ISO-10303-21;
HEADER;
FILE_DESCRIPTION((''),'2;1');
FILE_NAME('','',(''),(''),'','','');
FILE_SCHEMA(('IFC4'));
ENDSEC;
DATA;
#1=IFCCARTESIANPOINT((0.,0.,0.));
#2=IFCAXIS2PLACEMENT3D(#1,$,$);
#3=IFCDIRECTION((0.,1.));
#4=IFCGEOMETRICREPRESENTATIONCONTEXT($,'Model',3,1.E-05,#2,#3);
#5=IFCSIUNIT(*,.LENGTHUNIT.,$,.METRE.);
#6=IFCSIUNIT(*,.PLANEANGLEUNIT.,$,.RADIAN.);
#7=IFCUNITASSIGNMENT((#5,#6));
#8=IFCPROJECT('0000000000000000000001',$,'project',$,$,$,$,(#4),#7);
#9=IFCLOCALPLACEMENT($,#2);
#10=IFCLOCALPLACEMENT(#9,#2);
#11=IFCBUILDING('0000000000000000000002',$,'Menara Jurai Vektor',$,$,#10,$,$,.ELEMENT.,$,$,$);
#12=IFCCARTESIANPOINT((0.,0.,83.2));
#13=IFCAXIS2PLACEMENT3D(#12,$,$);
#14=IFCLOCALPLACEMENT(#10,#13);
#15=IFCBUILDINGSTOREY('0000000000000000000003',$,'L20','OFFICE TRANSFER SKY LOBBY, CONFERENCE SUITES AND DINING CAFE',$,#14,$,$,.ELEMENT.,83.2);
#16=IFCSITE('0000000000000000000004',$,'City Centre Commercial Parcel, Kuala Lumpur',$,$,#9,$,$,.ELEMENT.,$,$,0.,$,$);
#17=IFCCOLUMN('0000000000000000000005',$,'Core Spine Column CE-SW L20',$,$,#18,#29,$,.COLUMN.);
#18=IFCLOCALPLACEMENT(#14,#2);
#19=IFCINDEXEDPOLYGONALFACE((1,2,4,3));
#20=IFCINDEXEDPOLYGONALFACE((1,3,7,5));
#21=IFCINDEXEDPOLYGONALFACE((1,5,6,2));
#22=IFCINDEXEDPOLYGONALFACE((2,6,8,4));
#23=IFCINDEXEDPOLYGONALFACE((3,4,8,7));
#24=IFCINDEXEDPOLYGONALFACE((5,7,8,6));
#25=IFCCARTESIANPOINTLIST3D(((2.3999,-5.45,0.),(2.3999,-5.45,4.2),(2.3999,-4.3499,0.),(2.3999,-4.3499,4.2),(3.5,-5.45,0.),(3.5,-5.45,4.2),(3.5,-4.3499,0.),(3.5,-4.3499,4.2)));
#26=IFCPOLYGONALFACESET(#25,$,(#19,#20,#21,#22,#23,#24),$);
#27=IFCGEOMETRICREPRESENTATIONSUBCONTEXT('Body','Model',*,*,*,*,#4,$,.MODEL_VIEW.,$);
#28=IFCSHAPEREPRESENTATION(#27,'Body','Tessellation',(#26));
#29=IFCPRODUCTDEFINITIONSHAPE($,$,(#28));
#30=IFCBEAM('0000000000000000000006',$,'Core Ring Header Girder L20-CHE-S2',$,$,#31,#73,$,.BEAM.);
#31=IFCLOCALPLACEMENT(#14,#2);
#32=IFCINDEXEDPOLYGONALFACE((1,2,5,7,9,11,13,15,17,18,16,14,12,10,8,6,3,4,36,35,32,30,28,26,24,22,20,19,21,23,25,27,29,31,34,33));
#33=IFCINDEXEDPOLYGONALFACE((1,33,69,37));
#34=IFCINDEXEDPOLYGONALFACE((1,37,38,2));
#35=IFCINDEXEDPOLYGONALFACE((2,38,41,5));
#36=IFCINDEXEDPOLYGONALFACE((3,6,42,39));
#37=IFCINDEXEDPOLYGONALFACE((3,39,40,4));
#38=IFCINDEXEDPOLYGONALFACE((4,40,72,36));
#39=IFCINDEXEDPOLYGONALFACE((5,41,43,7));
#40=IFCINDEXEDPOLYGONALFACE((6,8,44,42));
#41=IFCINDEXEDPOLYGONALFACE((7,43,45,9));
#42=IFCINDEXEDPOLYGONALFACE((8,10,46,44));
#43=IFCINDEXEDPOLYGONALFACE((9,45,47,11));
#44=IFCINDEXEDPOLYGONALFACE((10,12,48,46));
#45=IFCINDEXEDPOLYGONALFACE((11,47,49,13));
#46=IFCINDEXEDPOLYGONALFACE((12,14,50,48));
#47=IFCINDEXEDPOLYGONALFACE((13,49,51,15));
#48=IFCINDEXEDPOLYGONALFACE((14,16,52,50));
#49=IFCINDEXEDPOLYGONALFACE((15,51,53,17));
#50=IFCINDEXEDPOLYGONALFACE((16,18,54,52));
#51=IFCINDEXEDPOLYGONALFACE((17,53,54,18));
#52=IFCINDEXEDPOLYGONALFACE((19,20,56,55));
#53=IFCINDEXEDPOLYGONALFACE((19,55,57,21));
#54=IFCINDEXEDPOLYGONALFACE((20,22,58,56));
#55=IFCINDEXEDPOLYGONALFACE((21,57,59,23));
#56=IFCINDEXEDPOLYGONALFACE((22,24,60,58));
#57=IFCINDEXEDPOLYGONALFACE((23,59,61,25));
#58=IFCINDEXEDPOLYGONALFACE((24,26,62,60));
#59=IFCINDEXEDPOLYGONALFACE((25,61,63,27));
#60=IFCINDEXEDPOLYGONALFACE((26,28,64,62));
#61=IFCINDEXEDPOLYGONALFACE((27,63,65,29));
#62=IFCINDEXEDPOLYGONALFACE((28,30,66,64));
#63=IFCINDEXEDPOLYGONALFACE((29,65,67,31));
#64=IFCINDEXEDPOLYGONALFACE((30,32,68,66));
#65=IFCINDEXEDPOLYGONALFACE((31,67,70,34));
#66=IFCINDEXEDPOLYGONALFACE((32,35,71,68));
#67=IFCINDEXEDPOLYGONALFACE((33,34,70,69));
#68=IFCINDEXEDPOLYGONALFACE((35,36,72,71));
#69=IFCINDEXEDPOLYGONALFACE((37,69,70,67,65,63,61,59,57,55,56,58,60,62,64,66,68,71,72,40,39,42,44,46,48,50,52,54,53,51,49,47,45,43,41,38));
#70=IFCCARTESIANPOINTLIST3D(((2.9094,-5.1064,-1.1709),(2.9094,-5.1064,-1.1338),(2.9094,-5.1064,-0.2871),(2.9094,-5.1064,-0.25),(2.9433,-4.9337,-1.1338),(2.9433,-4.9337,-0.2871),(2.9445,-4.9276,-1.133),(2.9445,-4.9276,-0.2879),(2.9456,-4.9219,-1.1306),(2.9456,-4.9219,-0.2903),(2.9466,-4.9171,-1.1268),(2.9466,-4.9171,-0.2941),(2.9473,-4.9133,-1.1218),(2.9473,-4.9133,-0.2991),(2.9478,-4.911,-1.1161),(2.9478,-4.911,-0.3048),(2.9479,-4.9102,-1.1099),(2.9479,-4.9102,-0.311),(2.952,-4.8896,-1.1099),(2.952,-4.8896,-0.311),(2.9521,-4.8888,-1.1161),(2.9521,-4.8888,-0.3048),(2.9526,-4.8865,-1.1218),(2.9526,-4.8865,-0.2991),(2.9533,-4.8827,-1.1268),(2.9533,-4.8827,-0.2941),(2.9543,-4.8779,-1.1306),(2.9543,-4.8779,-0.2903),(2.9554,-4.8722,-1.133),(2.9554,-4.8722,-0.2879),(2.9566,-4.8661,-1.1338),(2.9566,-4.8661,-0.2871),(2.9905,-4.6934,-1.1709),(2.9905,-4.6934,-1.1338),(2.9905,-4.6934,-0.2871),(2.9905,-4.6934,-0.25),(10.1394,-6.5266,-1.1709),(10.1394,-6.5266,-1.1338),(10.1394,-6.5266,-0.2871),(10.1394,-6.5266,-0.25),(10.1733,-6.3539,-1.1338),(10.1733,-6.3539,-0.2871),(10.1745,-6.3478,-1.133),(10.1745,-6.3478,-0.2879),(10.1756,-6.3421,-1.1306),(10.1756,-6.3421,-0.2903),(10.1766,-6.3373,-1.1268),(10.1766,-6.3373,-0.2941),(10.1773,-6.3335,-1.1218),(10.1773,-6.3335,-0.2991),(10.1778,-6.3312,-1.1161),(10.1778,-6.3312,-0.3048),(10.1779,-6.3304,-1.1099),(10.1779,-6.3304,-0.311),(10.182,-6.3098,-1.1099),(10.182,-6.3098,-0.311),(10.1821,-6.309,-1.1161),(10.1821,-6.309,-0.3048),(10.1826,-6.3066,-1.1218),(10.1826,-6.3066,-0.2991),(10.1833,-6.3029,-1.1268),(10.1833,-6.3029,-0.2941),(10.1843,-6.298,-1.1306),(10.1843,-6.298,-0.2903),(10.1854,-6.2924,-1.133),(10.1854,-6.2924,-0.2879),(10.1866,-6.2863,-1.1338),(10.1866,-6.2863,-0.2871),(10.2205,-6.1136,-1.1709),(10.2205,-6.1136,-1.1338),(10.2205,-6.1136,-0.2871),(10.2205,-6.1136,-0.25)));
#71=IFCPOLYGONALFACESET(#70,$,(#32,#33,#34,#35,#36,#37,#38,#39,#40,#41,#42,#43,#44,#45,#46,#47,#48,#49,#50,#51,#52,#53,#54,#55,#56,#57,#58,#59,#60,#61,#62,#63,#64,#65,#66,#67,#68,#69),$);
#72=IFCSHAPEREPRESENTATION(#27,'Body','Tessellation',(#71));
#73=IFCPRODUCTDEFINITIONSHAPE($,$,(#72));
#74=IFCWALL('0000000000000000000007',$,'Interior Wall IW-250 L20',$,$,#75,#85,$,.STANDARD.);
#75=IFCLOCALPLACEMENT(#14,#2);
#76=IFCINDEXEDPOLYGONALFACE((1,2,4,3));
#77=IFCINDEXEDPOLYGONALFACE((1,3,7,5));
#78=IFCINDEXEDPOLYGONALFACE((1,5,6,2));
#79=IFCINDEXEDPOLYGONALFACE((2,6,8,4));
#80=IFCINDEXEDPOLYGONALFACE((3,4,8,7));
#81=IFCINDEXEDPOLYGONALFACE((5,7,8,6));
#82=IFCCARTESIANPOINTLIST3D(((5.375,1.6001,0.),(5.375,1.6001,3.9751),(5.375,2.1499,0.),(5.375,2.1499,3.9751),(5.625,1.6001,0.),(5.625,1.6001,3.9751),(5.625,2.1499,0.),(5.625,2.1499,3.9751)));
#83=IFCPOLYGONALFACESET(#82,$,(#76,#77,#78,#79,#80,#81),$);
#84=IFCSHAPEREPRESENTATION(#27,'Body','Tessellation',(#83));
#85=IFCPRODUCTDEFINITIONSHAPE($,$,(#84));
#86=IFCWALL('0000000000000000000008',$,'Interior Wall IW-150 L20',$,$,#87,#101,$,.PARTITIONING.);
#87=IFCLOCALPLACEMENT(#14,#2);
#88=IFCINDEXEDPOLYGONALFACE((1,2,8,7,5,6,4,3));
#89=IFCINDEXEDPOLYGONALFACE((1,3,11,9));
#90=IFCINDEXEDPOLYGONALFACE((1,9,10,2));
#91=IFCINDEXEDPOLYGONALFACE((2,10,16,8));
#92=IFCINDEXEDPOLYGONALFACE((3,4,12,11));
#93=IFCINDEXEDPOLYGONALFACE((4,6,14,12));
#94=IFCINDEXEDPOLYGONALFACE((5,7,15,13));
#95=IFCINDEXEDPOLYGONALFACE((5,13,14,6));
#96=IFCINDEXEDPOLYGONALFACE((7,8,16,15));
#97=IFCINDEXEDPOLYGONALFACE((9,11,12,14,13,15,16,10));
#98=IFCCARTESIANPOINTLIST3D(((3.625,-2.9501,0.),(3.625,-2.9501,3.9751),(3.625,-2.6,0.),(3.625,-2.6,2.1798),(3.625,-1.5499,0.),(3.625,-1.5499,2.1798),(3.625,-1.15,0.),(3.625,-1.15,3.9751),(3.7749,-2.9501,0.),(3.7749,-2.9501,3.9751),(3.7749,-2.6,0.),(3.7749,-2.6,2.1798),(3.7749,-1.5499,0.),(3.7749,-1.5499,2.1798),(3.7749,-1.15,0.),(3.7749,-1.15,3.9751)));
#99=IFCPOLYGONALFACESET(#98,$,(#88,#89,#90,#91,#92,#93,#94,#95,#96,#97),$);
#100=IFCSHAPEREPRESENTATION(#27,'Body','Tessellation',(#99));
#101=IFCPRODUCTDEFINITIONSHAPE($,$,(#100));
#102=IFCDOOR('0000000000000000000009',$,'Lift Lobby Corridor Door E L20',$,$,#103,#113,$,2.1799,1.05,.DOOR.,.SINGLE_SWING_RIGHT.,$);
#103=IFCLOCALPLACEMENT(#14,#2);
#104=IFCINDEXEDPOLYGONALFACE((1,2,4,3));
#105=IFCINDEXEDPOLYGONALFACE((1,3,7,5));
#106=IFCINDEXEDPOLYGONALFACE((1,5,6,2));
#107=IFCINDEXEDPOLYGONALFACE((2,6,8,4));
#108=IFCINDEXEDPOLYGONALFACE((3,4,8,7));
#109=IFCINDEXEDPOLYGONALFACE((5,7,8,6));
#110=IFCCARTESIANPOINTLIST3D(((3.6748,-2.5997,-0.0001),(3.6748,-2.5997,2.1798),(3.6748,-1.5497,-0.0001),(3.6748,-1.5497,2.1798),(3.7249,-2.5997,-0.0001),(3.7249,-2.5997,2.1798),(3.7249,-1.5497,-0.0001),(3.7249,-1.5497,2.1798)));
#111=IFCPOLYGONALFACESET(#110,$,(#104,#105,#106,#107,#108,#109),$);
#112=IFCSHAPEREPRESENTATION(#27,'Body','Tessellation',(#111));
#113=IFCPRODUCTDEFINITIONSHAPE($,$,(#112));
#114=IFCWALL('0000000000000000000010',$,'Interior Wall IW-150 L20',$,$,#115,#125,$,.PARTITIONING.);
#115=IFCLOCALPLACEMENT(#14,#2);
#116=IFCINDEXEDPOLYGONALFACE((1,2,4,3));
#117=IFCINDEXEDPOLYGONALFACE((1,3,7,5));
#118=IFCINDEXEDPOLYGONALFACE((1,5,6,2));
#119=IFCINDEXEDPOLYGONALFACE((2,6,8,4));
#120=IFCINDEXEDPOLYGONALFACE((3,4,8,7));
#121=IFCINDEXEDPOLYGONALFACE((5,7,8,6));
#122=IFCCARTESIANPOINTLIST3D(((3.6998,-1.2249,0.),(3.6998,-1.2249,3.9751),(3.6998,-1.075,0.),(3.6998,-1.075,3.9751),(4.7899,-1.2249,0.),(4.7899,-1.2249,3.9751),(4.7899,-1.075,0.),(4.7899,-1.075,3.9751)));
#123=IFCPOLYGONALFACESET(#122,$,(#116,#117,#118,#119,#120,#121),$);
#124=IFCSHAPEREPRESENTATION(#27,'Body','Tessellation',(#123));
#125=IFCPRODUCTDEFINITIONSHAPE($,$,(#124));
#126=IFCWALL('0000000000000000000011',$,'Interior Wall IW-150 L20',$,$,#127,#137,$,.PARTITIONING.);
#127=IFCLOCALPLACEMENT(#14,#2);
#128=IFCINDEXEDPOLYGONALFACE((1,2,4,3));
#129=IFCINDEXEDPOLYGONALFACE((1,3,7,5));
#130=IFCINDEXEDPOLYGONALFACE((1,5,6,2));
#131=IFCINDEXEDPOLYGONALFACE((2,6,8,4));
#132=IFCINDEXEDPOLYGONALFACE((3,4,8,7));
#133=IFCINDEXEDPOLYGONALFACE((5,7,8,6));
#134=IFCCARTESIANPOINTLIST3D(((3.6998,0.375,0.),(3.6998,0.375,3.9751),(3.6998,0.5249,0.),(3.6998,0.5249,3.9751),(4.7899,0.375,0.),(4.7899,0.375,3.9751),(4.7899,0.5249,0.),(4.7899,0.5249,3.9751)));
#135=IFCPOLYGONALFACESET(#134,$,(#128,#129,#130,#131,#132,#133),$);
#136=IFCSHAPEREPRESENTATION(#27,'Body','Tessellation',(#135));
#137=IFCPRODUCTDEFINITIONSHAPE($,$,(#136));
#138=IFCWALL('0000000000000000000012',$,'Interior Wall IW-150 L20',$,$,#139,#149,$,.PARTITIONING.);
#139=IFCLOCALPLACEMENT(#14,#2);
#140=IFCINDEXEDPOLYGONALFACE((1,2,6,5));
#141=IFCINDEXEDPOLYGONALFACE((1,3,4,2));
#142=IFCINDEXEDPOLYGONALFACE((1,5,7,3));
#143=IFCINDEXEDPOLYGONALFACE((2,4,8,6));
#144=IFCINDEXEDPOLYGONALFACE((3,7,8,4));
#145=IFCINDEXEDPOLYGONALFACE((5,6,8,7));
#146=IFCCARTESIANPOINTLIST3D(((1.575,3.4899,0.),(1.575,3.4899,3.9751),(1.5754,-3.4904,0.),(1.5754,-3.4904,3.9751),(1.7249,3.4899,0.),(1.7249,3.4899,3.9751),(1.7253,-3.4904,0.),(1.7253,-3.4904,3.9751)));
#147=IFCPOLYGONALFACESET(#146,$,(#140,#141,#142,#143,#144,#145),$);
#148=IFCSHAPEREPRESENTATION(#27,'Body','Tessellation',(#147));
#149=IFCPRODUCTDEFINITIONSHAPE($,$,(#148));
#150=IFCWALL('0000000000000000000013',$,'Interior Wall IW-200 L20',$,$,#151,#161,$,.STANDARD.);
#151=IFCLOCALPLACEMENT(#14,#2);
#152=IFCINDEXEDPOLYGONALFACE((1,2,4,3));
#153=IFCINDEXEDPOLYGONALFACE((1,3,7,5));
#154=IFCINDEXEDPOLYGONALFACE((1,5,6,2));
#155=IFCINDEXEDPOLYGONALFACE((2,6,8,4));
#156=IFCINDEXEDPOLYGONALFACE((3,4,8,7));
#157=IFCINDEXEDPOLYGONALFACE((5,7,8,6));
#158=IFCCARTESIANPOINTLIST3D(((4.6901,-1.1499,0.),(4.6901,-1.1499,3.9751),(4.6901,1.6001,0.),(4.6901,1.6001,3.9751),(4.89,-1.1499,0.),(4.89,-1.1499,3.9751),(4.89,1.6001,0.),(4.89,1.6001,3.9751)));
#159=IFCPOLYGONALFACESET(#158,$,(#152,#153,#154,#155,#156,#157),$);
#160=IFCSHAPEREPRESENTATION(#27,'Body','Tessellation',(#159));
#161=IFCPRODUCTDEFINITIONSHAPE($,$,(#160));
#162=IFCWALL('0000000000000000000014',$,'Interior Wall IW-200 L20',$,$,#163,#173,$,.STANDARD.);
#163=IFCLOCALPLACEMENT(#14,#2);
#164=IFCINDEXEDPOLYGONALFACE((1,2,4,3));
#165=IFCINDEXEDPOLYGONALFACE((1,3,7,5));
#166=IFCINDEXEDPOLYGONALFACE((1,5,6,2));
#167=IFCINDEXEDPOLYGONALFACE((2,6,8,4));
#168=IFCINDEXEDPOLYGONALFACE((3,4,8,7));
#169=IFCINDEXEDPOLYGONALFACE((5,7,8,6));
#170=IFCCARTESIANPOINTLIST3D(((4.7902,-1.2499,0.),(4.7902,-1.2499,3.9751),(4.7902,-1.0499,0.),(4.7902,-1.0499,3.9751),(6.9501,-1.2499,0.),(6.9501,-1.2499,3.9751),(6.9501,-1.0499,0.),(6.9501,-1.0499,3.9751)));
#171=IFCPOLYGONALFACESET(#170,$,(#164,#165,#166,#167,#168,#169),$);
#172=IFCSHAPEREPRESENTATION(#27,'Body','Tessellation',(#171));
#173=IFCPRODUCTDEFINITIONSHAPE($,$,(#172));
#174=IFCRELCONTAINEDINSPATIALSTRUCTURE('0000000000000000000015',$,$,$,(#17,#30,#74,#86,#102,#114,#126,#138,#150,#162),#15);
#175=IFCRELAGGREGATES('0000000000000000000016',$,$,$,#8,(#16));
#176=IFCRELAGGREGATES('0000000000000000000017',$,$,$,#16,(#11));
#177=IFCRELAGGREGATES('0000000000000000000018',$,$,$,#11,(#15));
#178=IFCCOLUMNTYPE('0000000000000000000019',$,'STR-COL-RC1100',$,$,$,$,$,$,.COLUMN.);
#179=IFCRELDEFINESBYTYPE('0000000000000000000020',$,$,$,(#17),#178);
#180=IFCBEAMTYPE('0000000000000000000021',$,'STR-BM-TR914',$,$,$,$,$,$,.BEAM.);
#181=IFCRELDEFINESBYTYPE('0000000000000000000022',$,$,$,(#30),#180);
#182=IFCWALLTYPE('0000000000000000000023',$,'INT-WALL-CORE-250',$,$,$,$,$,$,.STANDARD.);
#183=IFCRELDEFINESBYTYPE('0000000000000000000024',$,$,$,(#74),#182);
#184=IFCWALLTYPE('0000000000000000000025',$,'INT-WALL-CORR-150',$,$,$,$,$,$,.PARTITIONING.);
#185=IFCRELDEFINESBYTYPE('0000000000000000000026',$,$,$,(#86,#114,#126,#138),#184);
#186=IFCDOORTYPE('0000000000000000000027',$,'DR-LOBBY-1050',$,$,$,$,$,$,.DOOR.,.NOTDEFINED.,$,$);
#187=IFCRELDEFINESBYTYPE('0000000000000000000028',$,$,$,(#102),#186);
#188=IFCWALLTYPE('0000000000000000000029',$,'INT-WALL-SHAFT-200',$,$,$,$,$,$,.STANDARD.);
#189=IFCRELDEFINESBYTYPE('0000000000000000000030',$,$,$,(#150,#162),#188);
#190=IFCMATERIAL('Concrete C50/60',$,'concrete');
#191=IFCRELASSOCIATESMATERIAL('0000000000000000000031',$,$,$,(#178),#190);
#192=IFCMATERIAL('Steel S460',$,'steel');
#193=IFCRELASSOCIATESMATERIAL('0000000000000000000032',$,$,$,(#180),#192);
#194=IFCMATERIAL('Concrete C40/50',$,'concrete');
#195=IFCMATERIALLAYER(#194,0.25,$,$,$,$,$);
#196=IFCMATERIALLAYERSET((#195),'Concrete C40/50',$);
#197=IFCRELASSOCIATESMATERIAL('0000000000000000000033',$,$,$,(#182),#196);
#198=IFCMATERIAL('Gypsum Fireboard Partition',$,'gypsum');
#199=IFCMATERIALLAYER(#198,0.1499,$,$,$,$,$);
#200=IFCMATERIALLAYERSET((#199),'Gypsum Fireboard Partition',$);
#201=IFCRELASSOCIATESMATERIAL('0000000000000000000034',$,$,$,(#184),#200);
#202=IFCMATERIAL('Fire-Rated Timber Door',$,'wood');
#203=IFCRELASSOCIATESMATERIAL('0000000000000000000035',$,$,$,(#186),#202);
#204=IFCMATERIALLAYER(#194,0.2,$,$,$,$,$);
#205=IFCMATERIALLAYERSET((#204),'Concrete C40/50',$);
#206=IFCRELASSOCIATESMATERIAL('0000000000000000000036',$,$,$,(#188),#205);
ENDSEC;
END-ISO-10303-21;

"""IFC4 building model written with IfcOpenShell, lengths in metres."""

from ifc_helpers import new_model, si_unit, direction, frame, frame_2d, origin, origin_2d, place, context, subcontext, project, spatial, rectangle, i_section, extrude, material, layer, layer_set, material_profile, profile_set, type_object, element, fill, save


model = new_model("IFC4")

# Units and contexts
model_context = context("Model", 3, precision=1e-05, world=origin(), true_north=direction((0.0, 1.0)))
body_context = subcontext(model_context, "Body", "Model", "MODEL_VIEW")
ifc_project = project(units=[si_unit("LENGTHUNIT", "METRE"), si_unit("PLANEANGLEUNIT", "RADIAN")], contexts=[model_context])

# Site, building, storey
site_placement = place(None, origin())
site = spatial("IfcSite", under=ifc_project, at=site_placement, Name="City Centre Commercial Parcel, Kuala Lumpur", CompositionType="ELEMENT", RefElevation=0.0)
building_placement = place(site_placement, origin())
building = spatial("IfcBuilding", under=site, at=building_placement, Name="Menara Jurai Vektor", CompositionType="ELEMENT")
storey_placement = place(building_placement, frame((0.0, 0.0, 83.2)))
storey = spatial("IfcBuildingStorey", under=building, at=storey_placement, Name="L20", Description="OFFICE TRANSFER SKY LOBBY, CONFERENCE SUITES AND DINING CAFE", CompositionType="ELEMENT", Elevation=83.2)

# Column
ifc_material_1 = material(Name="Concrete C50/60", Category="concrete")
ifc_material_profile_1 = material_profile(ifc_material_1, rectangle(XDim=1.1001, YDim=1.1001, at=origin_2d()), Name="RC 1100x1100")
ifc_profile_set_1 = profile_set([ifc_material_profile_1], Name="Concrete C50/60")
column_type = type_object("IfcColumnType", Name="STR-COL-RC1100", PredefinedType="COLUMN", material=ifc_profile_set_1)
column_placement = place(storey_placement, frame((2.95, -4.8999, 0.0), z_axis=(0.0, 0.0, 1.0), x_axis=(1.0, 0.0, 0.0)))
element("IfcColumn", 1, at=column_placement, inside=storey, type_object=column_type, Name="Core Spine Column CE-SW L20", PredefinedType="COLUMN", context=body_context, shape_type="SweptSolid", body=[
    extrude(rectangle(XDim=1.1001, YDim=1.1001, at=origin_2d()), origin(), (0.0, 0.0, 1.0), 4.2),
])

# Beam
ifc_material_2 = material(Name="Steel S460", Category="steel")
ifc_material_profile_2 = material_profile(ifc_material_2, i_section(OverallWidth=0.4209, OverallDepth=0.9209, WebThickness=0.021, FlangeThickness=0.0371, FilletRadius=0.0239, at=origin_2d()), Name="UKB 914x419x388")
ifc_profile_set_2 = profile_set([ifc_material_profile_2], Name="Steel S460")
beam_type = type_object("IfcBeamType", Name="STR-BM-TR914", PredefinedType="BEAM", material=ifc_profile_set_2)
beam_placement = place(storey_placement, frame((2.95, -4.8999, -0.7104), z_axis=(0.981249, -0.192744, 0.0), x_axis=(0.192744, 0.981249, 0.0)))
element("IfcBeam", 2, at=beam_placement, inside=storey, type_object=beam_type, Name="Core Ring Header Girder L20-CHE-S2", PredefinedType="BEAM", context=body_context, shape_type="SweptSolid", body=[
    extrude(i_section(OverallWidth=0.4209, OverallDepth=0.9209, WebThickness=0.021, FlangeThickness=0.0371, FilletRadius=0.0239, at=origin_2d()), origin(), (0.0, 0.0, 1.0), 7.3682),
])

# Wall
ifc_material_3 = material(Name="Concrete C40/50", Category="concrete")
ifc_layer_1 = layer(ifc_material_3, 0.25)
ifc_layer_set_1 = layer_set([ifc_layer_1], Name="Concrete C40/50")
wall_type_1 = type_object("IfcWallType", Name="INT-WALL-CORE-250", PredefinedType="STANDARD", material=ifc_layer_set_1)
wall_1_placement = place(storey_placement, frame((5.5, 1.6001, 0.0), z_axis=(0.0, 0.0, 1.0), x_axis=(0.0, 1.0, 0.0)))
element("IfcWall", 3, at=wall_1_placement, inside=storey, type_object=wall_type_1, Name="Interior Wall IW-250 L20", PredefinedType="STANDARD", context=body_context, shape_type="SweptSolid", body=[
    extrude(rectangle(XDim=0.5498, YDim=0.25, at=frame_2d((0.2749, 0.0))), origin(), (0.0, 0.0, 1.0), 3.9751),
])

# Wall, opening, door
ifc_material_4 = material(Name="Gypsum Fireboard Partition", Category="gypsum")
ifc_layer_2 = layer(ifc_material_4, 0.1499)
ifc_layer_set_2 = layer_set([ifc_layer_2], Name="Gypsum Fireboard Partition")
wall_type_2 = type_object("IfcWallType", Name="INT-WALL-CORR-150", PredefinedType="PARTITIONING", material=ifc_layer_set_2)
wall_2_placement = place(storey_placement, frame((3.7, -2.95, 0.0), z_axis=(0.0, 0.0, 1.0), x_axis=(0.0, 1.0, 0.0)))
wall_2 = element("IfcWall", 4, at=wall_2_placement, inside=storey, type_object=wall_type_2, Name="Interior Wall IW-150 L20", PredefinedType="PARTITIONING", context=body_context, shape_type="SweptSolid", body=[
    extrude(rectangle(XDim=1.8, YDim=0.1499, at=frame_2d((0.8999, 0.0))), origin(), (0.0, 0.0, 1.0), 3.9751),
])
opening_1_placement = place(wall_2_placement, frame((0.3501, 0.0, 0.0)))
opening_1 = element("IfcOpeningElement", 5, at=opening_1_placement, cuts=wall_2, PredefinedType="OPENING", context=body_context, shape_type="SweptSolid", body=[
    extrude(rectangle(XDim=1.05, YDim=2.1799, at=frame_2d((0.5249, 1.0898))), frame((0.0, 0.085, 0.0), z_axis=(0.0, -1.0, 0.0), x_axis=(1.0, 0.0, 0.0)), (0.0, 0.0, 1.0), 0.1699),
])
ifc_material_5 = material(Name="Fire-Rated Timber Door", Category="wood")
door_type_1 = type_object("IfcDoorType", Name="DR-LOBBY-1050", OperationType="NOTDEFINED", PredefinedType="DOOR", material=ifc_material_5)
door_1_placement = place(opening_1_placement, frame((1.05, 0.0, 0.0), z_axis=(0.0, 0.0, 1.0), x_axis=(-1.0, 0.0, 0.0)))
door_1 = element("IfcDoor", 6, at=door_1_placement, inside=storey, type_object=door_type_1, Name="Lift Lobby Corridor Door E L20", OperationType="SINGLE_SWING_RIGHT", OverallHeight=2.1799, OverallWidth=1.05, PredefinedType="DOOR", context=body_context, shape_type="SweptSolid", body=[
    extrude(rectangle(XDim=1.05, YDim=2.1799, at=frame_2d((0.5249, 1.0898))), frame((0.0, 0.0249, 0.0), z_axis=(0.0, -1.0, 0.0), x_axis=(1.0, 0.0, 0.0)), (0.0, 0.0, 1.0), 0.05),
])
fill(opening_1, door_1)

# Walls
for number, where, z_axis, x_axis, name in (
    (7, (3.7, -1.1499, 0.0), (0.0, 0.0, 1.0), (1.0, 0.0, 0.0), "Interior Wall IW-150 L20"),
    (8, (3.7, 0.45, 0.0), (0.0, 0.0, 1.0), (1.0, 0.0, 0.0), "Interior Wall IW-150 L20"),
):
    element("IfcWall", number, at=place(storey_placement, frame(where, z_axis=z_axis, x_axis=x_axis)), inside=storey, type_object=wall_type_2, Name=name, PredefinedType="PARTITIONING", context=body_context, shape_type="SweptSolid", body=[
        extrude(rectangle(XDim=1.0901, YDim=0.1499, at=frame_2d((0.5449, 0.0))), origin(), (0.0, 0.0, 1.0), 3.9751),
    ])
wall_3_placement = place(storey_placement, frame((1.6504, -3.4905, 0.0), z_axis=(0.0, 0.0, 1.0), x_axis=(-0.00007, 1.0, 0.0)))
element("IfcWall", 9, at=wall_3_placement, inside=storey, type_object=wall_type_2, Name="Interior Wall IW-150 L20", PredefinedType="PARTITIONING", context=body_context, shape_type="SweptSolid", body=[
    extrude(rectangle(XDim=6.9802, YDim=0.1499, at=frame_2d((3.4902, 0.0))), origin(), (0.0, 0.0, 1.0), 3.9751),
])

# Shared definitions
ifc_layer_3 = layer(ifc_material_3, 0.2)
ifc_layer_set_3 = layer_set([ifc_layer_3], Name="Concrete C40/50")
wall_type_3 = type_object("IfcWallType", Name="INT-WALL-SHAFT-200", PredefinedType="STANDARD", material=ifc_layer_set_3)

# Walls
wall_4_placement = place(storey_placement, frame((4.79, -1.1499, 0.0), z_axis=(0.0, 0.0, 1.0), x_axis=(0.0, 1.0, 0.0)))
element("IfcWall", 10, at=wall_4_placement, inside=storey, type_object=wall_type_3, Name="Interior Wall IW-200 L20", PredefinedType="STANDARD", context=body_context, shape_type="SweptSolid", body=[
    extrude(rectangle(XDim=2.75, YDim=0.2, at=frame_2d((1.375, 0.0))), origin(), (0.0, 0.0, 1.0), 3.9751),
])
wall_5_placement = place(storey_placement, frame((4.79, -1.1499, 0.0), z_axis=(0.0, 0.0, 1.0), x_axis=(1.0, 0.0, 0.0)))
element("IfcWall", 11, at=wall_5_placement, inside=storey, type_object=wall_type_3, Name="Interior Wall IW-200 L20", PredefinedType="STANDARD", context=body_context, shape_type="SweptSolid", body=[
    extrude(rectangle(XDim=2.1599, YDim=0.2, at=frame_2d((1.0801, 0.0))), origin(), (0.0, 0.0, 1.0), 3.9751),
])

save(model, "model.ifc")
